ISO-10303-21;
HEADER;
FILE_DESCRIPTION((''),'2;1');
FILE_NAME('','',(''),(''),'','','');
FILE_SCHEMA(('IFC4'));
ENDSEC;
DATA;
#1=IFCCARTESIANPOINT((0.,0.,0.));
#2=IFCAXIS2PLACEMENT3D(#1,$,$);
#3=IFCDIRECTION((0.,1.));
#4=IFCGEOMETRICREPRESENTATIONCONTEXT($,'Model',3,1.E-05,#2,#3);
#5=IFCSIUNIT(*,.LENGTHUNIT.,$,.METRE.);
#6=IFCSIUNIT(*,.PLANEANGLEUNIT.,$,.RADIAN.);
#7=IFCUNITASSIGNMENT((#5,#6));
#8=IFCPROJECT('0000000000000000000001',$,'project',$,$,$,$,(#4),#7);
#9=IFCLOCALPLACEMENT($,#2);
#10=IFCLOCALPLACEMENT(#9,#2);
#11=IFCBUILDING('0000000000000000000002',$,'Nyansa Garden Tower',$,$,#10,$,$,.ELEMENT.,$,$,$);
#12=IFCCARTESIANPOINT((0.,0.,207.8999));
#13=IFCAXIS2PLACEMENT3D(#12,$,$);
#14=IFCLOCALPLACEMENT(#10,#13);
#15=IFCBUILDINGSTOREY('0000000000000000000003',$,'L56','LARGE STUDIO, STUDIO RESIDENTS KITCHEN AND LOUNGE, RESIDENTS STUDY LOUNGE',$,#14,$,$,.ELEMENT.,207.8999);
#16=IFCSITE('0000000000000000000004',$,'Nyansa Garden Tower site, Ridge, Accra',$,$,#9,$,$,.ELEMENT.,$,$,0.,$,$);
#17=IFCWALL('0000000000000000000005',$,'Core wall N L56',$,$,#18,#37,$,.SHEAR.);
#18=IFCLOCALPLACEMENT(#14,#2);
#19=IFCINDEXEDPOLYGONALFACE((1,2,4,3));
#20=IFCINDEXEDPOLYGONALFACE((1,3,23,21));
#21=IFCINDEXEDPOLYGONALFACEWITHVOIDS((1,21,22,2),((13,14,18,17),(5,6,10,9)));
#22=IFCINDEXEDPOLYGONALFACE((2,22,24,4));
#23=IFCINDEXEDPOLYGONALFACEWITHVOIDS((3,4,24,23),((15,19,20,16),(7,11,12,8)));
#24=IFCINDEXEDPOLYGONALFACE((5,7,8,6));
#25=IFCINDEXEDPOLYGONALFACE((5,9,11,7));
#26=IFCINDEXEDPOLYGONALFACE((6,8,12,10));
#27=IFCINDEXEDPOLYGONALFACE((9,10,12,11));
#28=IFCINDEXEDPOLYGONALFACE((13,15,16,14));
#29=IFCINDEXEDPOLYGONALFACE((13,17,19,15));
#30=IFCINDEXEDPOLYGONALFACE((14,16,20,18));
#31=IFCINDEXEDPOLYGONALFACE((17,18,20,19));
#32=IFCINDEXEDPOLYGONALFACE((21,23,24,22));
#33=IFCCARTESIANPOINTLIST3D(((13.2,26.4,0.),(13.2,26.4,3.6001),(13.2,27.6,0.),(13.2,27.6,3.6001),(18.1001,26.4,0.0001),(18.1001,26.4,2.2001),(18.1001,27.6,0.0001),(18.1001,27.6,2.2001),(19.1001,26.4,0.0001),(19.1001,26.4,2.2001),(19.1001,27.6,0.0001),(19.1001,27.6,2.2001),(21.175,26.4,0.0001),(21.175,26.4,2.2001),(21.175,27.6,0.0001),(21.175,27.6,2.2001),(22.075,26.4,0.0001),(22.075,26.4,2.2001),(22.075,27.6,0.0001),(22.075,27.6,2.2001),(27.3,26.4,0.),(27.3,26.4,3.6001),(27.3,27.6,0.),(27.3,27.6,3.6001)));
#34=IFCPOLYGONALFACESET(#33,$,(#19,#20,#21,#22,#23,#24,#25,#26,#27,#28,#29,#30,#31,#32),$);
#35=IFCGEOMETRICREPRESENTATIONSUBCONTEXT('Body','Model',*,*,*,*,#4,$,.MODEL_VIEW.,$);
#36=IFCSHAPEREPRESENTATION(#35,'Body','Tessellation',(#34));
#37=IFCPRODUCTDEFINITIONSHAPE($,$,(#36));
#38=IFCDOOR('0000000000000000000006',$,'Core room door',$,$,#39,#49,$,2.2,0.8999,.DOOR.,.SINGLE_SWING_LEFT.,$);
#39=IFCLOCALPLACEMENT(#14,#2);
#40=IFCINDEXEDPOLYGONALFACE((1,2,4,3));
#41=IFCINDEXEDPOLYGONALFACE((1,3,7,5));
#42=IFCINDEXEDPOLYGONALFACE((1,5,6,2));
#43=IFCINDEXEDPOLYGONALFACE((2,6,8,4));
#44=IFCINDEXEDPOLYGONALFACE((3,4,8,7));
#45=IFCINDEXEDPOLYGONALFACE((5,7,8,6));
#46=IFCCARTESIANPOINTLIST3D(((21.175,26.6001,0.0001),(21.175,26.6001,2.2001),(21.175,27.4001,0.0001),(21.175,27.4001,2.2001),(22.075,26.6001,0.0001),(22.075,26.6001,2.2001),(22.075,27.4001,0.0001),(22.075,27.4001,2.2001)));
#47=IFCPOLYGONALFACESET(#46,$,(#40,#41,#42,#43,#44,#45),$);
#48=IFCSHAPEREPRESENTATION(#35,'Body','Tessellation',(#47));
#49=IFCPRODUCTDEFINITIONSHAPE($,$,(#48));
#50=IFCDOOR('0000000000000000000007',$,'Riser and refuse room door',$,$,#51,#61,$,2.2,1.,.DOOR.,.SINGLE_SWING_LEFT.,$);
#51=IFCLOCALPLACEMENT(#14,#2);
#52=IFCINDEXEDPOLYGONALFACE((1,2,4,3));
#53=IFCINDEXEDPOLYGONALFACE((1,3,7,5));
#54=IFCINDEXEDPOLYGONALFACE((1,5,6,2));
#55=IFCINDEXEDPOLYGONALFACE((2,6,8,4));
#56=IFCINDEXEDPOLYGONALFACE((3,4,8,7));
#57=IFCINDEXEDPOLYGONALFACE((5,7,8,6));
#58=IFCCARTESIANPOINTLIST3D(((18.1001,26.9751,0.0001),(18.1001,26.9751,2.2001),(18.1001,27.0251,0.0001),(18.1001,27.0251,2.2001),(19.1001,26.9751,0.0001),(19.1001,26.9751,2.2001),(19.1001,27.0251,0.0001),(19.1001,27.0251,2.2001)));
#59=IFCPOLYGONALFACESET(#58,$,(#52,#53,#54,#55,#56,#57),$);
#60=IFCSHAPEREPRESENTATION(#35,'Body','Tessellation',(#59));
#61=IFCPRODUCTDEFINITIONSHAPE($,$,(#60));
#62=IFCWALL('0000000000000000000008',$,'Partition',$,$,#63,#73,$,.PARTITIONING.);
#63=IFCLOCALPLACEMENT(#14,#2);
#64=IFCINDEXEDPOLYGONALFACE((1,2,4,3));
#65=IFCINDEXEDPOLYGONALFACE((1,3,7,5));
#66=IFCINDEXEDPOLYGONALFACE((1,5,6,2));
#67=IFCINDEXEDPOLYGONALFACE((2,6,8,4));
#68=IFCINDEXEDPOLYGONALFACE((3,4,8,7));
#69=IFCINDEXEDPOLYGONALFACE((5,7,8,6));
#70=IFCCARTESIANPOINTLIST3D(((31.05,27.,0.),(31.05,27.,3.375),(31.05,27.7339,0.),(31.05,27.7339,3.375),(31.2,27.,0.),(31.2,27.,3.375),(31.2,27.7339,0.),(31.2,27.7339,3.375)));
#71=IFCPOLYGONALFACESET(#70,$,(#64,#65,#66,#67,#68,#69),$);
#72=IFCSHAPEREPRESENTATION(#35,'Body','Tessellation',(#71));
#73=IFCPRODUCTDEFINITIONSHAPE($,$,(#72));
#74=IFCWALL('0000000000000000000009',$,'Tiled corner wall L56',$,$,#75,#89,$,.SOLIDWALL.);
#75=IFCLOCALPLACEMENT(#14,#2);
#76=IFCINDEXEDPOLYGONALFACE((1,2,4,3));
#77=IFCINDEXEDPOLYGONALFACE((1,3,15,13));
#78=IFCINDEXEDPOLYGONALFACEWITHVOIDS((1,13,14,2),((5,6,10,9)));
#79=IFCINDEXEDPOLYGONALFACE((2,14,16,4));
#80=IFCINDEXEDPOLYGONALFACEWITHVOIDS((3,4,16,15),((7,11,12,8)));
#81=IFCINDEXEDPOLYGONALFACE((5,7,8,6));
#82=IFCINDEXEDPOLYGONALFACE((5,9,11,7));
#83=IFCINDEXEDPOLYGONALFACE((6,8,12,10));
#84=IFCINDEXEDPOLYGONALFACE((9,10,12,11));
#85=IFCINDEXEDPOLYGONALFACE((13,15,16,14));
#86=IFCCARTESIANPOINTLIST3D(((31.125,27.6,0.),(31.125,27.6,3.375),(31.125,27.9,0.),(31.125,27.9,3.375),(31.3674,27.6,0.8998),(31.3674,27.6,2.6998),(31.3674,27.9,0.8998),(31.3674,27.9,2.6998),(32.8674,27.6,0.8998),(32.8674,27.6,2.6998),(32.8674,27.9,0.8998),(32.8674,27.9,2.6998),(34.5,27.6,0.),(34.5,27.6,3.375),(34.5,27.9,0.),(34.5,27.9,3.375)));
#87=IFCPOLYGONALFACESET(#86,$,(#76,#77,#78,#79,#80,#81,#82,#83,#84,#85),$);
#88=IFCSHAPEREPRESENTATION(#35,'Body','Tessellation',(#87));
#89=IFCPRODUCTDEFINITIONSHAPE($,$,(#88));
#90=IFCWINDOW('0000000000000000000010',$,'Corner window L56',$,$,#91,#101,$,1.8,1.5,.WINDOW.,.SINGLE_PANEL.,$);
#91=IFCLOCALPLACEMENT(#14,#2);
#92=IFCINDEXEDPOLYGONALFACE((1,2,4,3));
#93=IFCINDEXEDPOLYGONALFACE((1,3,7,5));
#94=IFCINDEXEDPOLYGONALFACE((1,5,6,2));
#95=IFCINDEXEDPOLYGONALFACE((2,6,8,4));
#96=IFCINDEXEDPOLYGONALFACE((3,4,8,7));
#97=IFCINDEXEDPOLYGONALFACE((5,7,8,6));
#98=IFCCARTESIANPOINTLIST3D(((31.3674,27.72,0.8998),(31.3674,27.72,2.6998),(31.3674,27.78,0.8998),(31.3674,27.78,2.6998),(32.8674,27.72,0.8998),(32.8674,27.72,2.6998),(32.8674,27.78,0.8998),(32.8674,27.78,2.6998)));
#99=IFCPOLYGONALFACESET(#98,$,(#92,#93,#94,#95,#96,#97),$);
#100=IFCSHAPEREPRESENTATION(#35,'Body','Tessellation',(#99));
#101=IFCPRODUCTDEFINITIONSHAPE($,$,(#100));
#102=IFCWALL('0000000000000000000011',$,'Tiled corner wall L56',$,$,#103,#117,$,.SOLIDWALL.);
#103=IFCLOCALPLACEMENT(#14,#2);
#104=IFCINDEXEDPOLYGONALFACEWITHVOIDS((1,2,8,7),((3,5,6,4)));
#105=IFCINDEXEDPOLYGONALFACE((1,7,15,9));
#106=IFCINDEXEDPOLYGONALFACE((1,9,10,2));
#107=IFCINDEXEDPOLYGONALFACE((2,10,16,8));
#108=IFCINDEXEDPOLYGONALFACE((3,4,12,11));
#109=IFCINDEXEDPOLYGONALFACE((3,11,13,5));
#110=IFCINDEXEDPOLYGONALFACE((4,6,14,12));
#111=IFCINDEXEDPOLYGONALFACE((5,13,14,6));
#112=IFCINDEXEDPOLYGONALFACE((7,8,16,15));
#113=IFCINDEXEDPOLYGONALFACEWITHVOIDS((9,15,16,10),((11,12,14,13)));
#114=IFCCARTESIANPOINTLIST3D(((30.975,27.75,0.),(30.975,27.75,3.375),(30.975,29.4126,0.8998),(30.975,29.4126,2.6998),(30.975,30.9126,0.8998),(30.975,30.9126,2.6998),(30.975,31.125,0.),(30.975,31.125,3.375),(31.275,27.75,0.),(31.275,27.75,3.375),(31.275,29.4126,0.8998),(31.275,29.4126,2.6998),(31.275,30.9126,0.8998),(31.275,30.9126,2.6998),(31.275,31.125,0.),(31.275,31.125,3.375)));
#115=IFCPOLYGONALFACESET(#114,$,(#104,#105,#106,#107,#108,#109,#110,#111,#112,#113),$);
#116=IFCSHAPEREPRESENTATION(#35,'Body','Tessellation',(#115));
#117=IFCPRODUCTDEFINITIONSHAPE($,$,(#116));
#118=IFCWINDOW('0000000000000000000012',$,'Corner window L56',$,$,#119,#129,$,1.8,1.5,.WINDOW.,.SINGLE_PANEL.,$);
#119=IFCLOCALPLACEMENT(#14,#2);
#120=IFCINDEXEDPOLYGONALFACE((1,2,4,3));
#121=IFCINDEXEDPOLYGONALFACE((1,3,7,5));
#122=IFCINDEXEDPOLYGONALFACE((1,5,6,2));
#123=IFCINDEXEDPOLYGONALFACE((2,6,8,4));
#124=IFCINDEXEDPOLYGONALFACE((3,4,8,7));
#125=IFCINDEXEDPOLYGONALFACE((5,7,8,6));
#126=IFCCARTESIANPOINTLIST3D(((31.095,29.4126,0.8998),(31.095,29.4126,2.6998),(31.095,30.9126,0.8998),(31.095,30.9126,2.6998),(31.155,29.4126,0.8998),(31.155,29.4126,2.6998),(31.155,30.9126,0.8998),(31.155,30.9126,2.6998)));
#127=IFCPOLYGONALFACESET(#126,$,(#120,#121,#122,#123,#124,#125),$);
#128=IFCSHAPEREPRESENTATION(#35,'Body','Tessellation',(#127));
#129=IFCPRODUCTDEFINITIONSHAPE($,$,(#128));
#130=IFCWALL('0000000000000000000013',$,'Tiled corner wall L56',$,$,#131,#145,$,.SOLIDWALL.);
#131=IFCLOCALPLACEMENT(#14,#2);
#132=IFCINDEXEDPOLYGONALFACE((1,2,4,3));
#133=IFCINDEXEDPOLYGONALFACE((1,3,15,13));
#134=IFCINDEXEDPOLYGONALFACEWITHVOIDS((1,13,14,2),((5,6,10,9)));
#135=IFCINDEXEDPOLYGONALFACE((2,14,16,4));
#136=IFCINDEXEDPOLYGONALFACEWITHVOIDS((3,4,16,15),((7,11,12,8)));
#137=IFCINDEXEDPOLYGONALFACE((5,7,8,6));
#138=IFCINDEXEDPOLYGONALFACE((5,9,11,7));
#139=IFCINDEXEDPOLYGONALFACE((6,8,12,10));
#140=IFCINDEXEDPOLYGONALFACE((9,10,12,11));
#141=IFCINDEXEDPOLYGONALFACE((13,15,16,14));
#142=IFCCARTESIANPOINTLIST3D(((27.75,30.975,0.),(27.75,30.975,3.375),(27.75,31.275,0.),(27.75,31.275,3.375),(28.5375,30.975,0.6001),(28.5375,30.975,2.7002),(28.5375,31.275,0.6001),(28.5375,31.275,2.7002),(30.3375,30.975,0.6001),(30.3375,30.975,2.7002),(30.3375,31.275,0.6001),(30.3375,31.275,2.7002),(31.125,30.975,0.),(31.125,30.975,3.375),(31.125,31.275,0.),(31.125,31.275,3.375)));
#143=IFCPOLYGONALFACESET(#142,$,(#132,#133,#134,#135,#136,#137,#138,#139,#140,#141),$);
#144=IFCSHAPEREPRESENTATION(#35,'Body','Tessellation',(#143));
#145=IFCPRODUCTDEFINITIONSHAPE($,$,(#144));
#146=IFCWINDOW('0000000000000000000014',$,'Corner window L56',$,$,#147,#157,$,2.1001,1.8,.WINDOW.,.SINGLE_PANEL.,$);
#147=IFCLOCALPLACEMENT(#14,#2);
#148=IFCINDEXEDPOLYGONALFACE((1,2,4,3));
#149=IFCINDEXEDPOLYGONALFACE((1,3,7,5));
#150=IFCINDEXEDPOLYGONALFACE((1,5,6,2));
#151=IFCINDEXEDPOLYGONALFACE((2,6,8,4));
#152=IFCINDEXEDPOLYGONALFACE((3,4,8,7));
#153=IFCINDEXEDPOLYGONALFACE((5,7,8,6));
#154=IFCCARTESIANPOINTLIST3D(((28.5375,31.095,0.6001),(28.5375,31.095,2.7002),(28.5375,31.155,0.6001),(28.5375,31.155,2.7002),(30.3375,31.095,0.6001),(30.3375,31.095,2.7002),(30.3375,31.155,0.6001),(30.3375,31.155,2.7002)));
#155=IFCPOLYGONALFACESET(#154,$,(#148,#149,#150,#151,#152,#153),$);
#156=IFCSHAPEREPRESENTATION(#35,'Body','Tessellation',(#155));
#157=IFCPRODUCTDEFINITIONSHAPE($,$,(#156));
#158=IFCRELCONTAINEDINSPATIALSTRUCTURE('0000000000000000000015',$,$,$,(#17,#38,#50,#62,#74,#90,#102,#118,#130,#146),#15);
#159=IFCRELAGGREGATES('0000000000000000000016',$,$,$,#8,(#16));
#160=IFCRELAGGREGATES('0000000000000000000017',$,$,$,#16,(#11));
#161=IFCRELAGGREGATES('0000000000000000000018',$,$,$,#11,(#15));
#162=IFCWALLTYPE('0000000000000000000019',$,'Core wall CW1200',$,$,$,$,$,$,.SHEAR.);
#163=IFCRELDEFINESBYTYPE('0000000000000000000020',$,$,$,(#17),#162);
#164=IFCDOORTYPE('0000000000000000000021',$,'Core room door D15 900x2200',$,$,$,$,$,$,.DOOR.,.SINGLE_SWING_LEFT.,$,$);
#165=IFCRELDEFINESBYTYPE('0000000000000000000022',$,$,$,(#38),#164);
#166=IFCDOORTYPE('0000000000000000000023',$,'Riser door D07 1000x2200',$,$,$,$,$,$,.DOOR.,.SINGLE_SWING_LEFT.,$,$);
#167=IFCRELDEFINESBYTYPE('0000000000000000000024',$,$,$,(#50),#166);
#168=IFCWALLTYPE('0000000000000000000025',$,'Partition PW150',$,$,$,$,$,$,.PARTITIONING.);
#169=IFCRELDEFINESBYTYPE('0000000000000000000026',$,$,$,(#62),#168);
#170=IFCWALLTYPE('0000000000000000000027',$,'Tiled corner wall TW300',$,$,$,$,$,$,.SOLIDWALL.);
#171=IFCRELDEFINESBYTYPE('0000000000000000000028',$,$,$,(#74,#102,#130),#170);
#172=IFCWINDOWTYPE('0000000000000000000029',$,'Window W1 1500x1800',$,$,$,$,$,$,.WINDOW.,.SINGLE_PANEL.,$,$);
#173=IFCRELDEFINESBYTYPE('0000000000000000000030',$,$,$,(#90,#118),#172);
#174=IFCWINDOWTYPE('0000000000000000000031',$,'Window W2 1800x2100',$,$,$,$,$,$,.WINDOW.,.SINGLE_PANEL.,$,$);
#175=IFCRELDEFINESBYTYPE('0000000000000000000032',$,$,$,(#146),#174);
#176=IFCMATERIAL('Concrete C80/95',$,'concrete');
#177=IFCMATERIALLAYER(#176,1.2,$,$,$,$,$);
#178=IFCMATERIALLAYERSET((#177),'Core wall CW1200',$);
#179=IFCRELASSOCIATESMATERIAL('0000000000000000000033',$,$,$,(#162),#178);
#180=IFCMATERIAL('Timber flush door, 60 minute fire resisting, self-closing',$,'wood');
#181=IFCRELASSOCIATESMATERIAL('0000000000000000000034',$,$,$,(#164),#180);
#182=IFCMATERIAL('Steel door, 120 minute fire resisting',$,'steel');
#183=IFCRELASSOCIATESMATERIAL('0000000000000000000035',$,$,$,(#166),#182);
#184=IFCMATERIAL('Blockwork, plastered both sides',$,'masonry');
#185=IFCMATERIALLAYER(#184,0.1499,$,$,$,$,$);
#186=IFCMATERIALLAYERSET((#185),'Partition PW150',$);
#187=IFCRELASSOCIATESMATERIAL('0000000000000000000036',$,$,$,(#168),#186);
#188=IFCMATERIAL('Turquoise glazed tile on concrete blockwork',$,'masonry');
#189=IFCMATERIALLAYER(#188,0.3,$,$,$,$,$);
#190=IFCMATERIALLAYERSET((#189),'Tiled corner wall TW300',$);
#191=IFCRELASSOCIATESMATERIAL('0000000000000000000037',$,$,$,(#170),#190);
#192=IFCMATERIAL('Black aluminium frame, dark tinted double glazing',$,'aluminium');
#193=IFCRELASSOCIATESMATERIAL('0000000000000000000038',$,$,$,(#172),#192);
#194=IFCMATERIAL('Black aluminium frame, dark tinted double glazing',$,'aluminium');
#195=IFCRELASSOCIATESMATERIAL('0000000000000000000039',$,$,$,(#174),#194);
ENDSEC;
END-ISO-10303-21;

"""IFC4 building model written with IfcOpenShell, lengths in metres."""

from ifc_helpers import new_model, si_unit, direction, frame, frame_2d, origin, place, context, subcontext, project, spatial, rectangle, extrude, material, layer, layer_set, type_object, element, fill, save


model = new_model("IFC4")

# Units and contexts
model_context = context("Model", 3, precision=1e-05, world=origin(), true_north=direction((0.0, 1.0)))
body_context = subcontext(model_context, "Body", "Model", "MODEL_VIEW")
ifc_project = project(units=[si_unit("LENGTHUNIT", "METRE"), si_unit("PLANEANGLEUNIT", "RADIAN")], contexts=[model_context])

# Site, building, storey
site_placement = place(None, origin())
site = spatial("IfcSite", under=ifc_project, at=site_placement, Name="Nyansa Garden Tower site, Ridge, Accra", CompositionType="ELEMENT", RefElevation=0.0)
building_placement = place(site_placement, origin())
building = spatial("IfcBuilding", under=site, at=building_placement, Name="Nyansa Garden Tower", CompositionType="ELEMENT")
storey_placement = place(building_placement, frame((0.0, 0.0, 207.8999)))
storey = spatial("IfcBuildingStorey", under=building, at=storey_placement, Name="L56", Description="LARGE STUDIO, STUDIO RESIDENTS KITCHEN AND LOUNGE, RESIDENTS STUDY LOUNGE", CompositionType="ELEMENT", Elevation=207.8999)

# Wall, openings, doors
ifc_material_1 = material(Name="Concrete C80/95", Category="concrete")
ifc_layer_1 = layer(ifc_material_1, 1.2)
ifc_layer_set_1 = layer_set([ifc_layer_1], Name="Core wall CW1200")
wall_type_1 = type_object("IfcWallType", Name="Core wall CW1200", PredefinedType="SHEAR", material=ifc_layer_set_1)
wall_1_placement = place(storey_placement, frame((27.3, 27.0, 0.0), z_axis=(0.0, 0.0, 1.0), x_axis=(-1.0, 0.0, 0.0)))
wall_1 = element("IfcWall", 1, at=wall_1_placement, inside=storey, type_object=wall_type_1, Name="Core wall N L56", PredefinedType="SHEAR", context=body_context, shape_type="SweptSolid", body=[
    extrude(rectangle(XDim=14.1001, YDim=1.2, at=frame_2d((7.05, 0.0))), origin(), (0.0, 0.0, 1.0), 3.6001),
])
opening_1_placement = place(wall_1_placement, frame((5.2251, 0.0, 0.0)))
opening_1 = element("IfcOpeningElement", 2, at=opening_1_placement, cuts=wall_1, PredefinedType="OPENING", context=body_context, shape_type="SweptSolid", body=[
    extrude(rectangle(XDim=0.8999, YDim=2.2, at=frame_2d((0.45, 1.1001))), frame((0.0, 0.6099, 0.0), z_axis=(0.0, -1.0, 0.0), x_axis=(1.0, 0.0, 0.0)), (0.0, 0.0, 1.0), 1.22),
])
opening_2_placement = place(wall_1_placement, frame((8.2, 0.0, 0.0)))
opening_2 = element("IfcOpeningElement", 3, at=opening_2_placement, cuts=wall_1, PredefinedType="OPENING", context=body_context, shape_type="SweptSolid", body=[
    extrude(rectangle(XDim=1.0, YDim=2.2, at=frame_2d((0.5, 1.1001))), frame((0.0, 0.6099, 0.0), z_axis=(0.0, -1.0, 0.0), x_axis=(1.0, 0.0, 0.0)), (0.0, 0.0, 1.0), 1.22),
])
ifc_material_2 = material(Name="Timber flush door, 60 minute fire resisting, self-closing", Category="wood")
door_type_1 = type_object("IfcDoorType", Name="Core room door D15 900x2200", OperationType="SINGLE_SWING_LEFT", PredefinedType="DOOR", material=ifc_material_2)
door_1_placement = place(opening_1_placement, origin())
door_1 = element("IfcDoor", 4, at=door_1_placement, inside=storey, type_object=door_type_1, Name="Core room door", OperationType="SINGLE_SWING_LEFT", OverallHeight=2.2, OverallWidth=0.8999, PredefinedType="DOOR", context=body_context, shape_type="SweptSolid", body=[
    extrude(rectangle(XDim=0.8999, YDim=2.2, at=frame_2d((0.45, 1.1001))), frame((0.0, 0.3999, 0.0), z_axis=(0.0, -1.0, 0.0), x_axis=(1.0, 0.0, 0.0)), (0.0, 0.0, 1.0), 0.8),
])
fill(opening_1, door_1)
ifc_material_3 = material(Name="Steel door, 120 minute fire resisting", Category="steel")
door_type_2 = type_object("IfcDoorType", Name="Riser door D07 1000x2200", OperationType="SINGLE_SWING_LEFT", PredefinedType="DOOR", material=ifc_material_3)
door_2_placement = place(opening_2_placement, origin())
door_2 = element("IfcDoor", 5, at=door_2_placement, inside=storey, type_object=door_type_2, Name="Riser and refuse room door", OperationType="SINGLE_SWING_LEFT", OverallHeight=2.2, OverallWidth=1.0, PredefinedType="DOOR", context=body_context, shape_type="SweptSolid", body=[
    extrude(rectangle(XDim=1.0, YDim=2.2, at=frame_2d((0.5, 1.1001))), frame((0.0, 0.0249, 0.0), z_axis=(0.0, -1.0, 0.0), x_axis=(1.0, 0.0, 0.0)), (0.0, 0.0, 1.0), 0.05),
])
fill(opening_2, door_2)

# Wall
ifc_material_4 = material(Name="Blockwork, plastered both sides", Category="masonry")
ifc_layer_2 = layer(ifc_material_4, 0.1499)
ifc_layer_set_2 = layer_set([ifc_layer_2], Name="Partition PW150")
wall_type_2 = type_object("IfcWallType", Name="Partition PW150", PredefinedType="PARTITIONING", material=ifc_layer_set_2)
wall_2_placement = place(storey_placement, frame((31.125, 27.0, 0.0), z_axis=(0.0, 0.0, 1.0), x_axis=(0.0, 1.0, 0.0)))
element("IfcWall", 6, at=wall_2_placement, inside=storey, type_object=wall_type_2, Name="Partition", PredefinedType="PARTITIONING", context=body_context, shape_type="SweptSolid", body=[
    extrude(rectangle(XDim=0.7339, YDim=0.1499, at=frame_2d((0.3669, 0.0))), origin(), (0.0, 0.0, 1.0), 3.375),
])

# Walls, openings, windows
ifc_material_5 = material(Name="Turquoise glazed tile on concrete blockwork", Category="masonry")
ifc_layer_3 = layer(ifc_material_5, 0.3)
ifc_layer_set_3 = layer_set([ifc_layer_3], Name="Tiled corner wall TW300")
wall_type_3 = type_object("IfcWallType", Name="Tiled corner wall TW300", PredefinedType="SOLIDWALL", material=ifc_layer_set_3)
wall_3_placement = place(storey_placement, frame((34.5, 27.75, 0.0), z_axis=(0.0, 0.0, 1.0), x_axis=(-1.0, 0.0, 0.0)))
wall_3 = element("IfcWall", 7, at=wall_3_placement, inside=storey, type_object=wall_type_3, Name="Tiled corner wall L56", PredefinedType="SOLIDWALL", context=body_context, shape_type="SweptSolid", body=[
    extrude(rectangle(XDim=3.375, YDim=0.3, at=frame_2d((1.6875, 0.0))), origin(), (0.0, 0.0, 1.0), 3.375),
])
opening_3_placement = place(wall_3_placement, frame((1.6326, 0.0, 0.8999)))
opening_3 = element("IfcOpeningElement", 8, at=opening_3_placement, cuts=wall_3, PredefinedType="OPENING", context=body_context, shape_type="SweptSolid", body=[
    extrude(rectangle(XDim=1.5, YDim=1.8, at=frame_2d((0.75, 0.8999))), frame((0.0, 0.1599, 0.0), z_axis=(0.0, -1.0, 0.0), x_axis=(1.0, 0.0, 0.0)), (0.0, 0.0, 1.0), 0.3201),
])
ifc_material_6 = material(Name="Black aluminium frame, dark tinted double glazing", Category="aluminium")
window_type_1 = type_object("IfcWindowType", Name="Window W1 1500x1800", PartitioningType="SINGLE_PANEL", PredefinedType="WINDOW", material=ifc_material_6)
window_1_placement = place(opening_3_placement, origin())
window_1 = element("IfcWindow", 9, at=window_1_placement, inside=storey, type_object=window_type_1, Name="Corner window L56", OverallHeight=1.8, OverallWidth=1.5, PartitioningType="SINGLE_PANEL", PredefinedType="WINDOW", context=body_context, shape_type="SweptSolid", body=[
    extrude(rectangle(XDim=1.5, YDim=1.8, at=frame_2d((0.75, 0.8999))), frame((0.0, 0.03, 0.0), z_axis=(0.0, -1.0, 0.0), x_axis=(1.0, 0.0, 0.0)), (0.0, 0.0, 1.0), 0.0601),
])
fill(opening_3, window_1)
wall_4_placement = place(storey_placement, frame((31.125, 27.75, 0.0), z_axis=(0.0, 0.0, 1.0), x_axis=(0.0, 1.0, 0.0)))
wall_4 = element("IfcWall", 10, at=wall_4_placement, inside=storey, type_object=wall_type_3, Name="Tiled corner wall L56", PredefinedType="SOLIDWALL", context=body_context, shape_type="SweptSolid", body=[
    extrude(rectangle(XDim=3.375, YDim=0.3, at=frame_2d((1.6875, 0.0))), origin(), (0.0, 0.0, 1.0), 3.375),
])
opening_4_placement = place(wall_4_placement, frame((1.6626, 0.0, 0.8999)))
opening_4 = element("IfcOpeningElement", 11, at=opening_4_placement, cuts=wall_4, PredefinedType="OPENING", context=body_context, shape_type="SweptSolid", body=[
    extrude(rectangle(XDim=1.5, YDim=1.8, at=frame_2d((0.75, 0.8999))), frame((0.0, 0.1599, 0.0), z_axis=(0.0, -1.0, 0.0), x_axis=(1.0, 0.0, 0.0)), (0.0, 0.0, 1.0), 0.3201),
])
window_2_placement = place(opening_4_placement, origin())
window_2 = element("IfcWindow", 12, at=window_2_placement, inside=storey, type_object=window_type_1, Name="Corner window L56", OverallHeight=1.8, OverallWidth=1.5, PartitioningType="SINGLE_PANEL", PredefinedType="WINDOW", context=body_context, shape_type="SweptSolid", body=[
    extrude(rectangle(XDim=1.5, YDim=1.8, at=frame_2d((0.75, 0.8999))), frame((0.0, 0.03, 0.0), z_axis=(0.0, -1.0, 0.0), x_axis=(1.0, 0.0, 0.0)), (0.0, 0.0, 1.0), 0.0601),
])
fill(opening_4, window_2)
wall_5_placement = place(storey_placement, frame((31.125, 31.125, 0.0), z_axis=(0.0, 0.0, 1.0), x_axis=(-1.0, 0.0, 0.0)))
wall_5 = element("IfcWall", 13, at=wall_5_placement, inside=storey, type_object=wall_type_3, Name="Tiled corner wall L56", PredefinedType="SOLIDWALL", context=body_context, shape_type="SweptSolid", body=[
    extrude(rectangle(XDim=3.375, YDim=0.3, at=frame_2d((1.6875, 0.0))), origin(), (0.0, 0.0, 1.0), 3.375),
])
opening_5_placement = place(wall_5_placement, frame((0.7876, 0.0, 0.6001)))
opening_5 = element("IfcOpeningElement", 14, at=opening_5_placement, cuts=wall_5, PredefinedType="OPENING", context=body_context, shape_type="SweptSolid", body=[
    extrude(rectangle(XDim=1.8, YDim=2.1001, at=frame_2d((0.8999, 1.05))), frame((0.0, 0.1599, 0.0), z_axis=(0.0, -1.0, 0.0), x_axis=(1.0, 0.0, 0.0)), (0.0, 0.0, 1.0), 0.3201),
])
ifc_material_7 = material(Name="Black aluminium frame, dark tinted double glazing", Category="aluminium")
window_type_2 = type_object("IfcWindowType", Name="Window W2 1800x2100", PartitioningType="SINGLE_PANEL", PredefinedType="WINDOW", material=ifc_material_7)
window_3_placement = place(opening_5_placement, origin())
window_3 = element("IfcWindow", 15, at=window_3_placement, inside=storey, type_object=window_type_2, Name="Corner window L56", OverallHeight=2.1001, OverallWidth=1.8, PartitioningType="SINGLE_PANEL", PredefinedType="WINDOW", context=body_context, shape_type="SweptSolid", body=[
    extrude(rectangle(XDim=1.8, YDim=2.1001, at=frame_2d((0.8999, 1.05))), frame((0.0, 0.03, 0.0), z_axis=(0.0, -1.0, 0.0), x_axis=(1.0, 0.0, 0.0)), (0.0, 0.0, 1.0), 0.0601),
])
fill(opening_5, window_3)

save(model, "model.ifc")
